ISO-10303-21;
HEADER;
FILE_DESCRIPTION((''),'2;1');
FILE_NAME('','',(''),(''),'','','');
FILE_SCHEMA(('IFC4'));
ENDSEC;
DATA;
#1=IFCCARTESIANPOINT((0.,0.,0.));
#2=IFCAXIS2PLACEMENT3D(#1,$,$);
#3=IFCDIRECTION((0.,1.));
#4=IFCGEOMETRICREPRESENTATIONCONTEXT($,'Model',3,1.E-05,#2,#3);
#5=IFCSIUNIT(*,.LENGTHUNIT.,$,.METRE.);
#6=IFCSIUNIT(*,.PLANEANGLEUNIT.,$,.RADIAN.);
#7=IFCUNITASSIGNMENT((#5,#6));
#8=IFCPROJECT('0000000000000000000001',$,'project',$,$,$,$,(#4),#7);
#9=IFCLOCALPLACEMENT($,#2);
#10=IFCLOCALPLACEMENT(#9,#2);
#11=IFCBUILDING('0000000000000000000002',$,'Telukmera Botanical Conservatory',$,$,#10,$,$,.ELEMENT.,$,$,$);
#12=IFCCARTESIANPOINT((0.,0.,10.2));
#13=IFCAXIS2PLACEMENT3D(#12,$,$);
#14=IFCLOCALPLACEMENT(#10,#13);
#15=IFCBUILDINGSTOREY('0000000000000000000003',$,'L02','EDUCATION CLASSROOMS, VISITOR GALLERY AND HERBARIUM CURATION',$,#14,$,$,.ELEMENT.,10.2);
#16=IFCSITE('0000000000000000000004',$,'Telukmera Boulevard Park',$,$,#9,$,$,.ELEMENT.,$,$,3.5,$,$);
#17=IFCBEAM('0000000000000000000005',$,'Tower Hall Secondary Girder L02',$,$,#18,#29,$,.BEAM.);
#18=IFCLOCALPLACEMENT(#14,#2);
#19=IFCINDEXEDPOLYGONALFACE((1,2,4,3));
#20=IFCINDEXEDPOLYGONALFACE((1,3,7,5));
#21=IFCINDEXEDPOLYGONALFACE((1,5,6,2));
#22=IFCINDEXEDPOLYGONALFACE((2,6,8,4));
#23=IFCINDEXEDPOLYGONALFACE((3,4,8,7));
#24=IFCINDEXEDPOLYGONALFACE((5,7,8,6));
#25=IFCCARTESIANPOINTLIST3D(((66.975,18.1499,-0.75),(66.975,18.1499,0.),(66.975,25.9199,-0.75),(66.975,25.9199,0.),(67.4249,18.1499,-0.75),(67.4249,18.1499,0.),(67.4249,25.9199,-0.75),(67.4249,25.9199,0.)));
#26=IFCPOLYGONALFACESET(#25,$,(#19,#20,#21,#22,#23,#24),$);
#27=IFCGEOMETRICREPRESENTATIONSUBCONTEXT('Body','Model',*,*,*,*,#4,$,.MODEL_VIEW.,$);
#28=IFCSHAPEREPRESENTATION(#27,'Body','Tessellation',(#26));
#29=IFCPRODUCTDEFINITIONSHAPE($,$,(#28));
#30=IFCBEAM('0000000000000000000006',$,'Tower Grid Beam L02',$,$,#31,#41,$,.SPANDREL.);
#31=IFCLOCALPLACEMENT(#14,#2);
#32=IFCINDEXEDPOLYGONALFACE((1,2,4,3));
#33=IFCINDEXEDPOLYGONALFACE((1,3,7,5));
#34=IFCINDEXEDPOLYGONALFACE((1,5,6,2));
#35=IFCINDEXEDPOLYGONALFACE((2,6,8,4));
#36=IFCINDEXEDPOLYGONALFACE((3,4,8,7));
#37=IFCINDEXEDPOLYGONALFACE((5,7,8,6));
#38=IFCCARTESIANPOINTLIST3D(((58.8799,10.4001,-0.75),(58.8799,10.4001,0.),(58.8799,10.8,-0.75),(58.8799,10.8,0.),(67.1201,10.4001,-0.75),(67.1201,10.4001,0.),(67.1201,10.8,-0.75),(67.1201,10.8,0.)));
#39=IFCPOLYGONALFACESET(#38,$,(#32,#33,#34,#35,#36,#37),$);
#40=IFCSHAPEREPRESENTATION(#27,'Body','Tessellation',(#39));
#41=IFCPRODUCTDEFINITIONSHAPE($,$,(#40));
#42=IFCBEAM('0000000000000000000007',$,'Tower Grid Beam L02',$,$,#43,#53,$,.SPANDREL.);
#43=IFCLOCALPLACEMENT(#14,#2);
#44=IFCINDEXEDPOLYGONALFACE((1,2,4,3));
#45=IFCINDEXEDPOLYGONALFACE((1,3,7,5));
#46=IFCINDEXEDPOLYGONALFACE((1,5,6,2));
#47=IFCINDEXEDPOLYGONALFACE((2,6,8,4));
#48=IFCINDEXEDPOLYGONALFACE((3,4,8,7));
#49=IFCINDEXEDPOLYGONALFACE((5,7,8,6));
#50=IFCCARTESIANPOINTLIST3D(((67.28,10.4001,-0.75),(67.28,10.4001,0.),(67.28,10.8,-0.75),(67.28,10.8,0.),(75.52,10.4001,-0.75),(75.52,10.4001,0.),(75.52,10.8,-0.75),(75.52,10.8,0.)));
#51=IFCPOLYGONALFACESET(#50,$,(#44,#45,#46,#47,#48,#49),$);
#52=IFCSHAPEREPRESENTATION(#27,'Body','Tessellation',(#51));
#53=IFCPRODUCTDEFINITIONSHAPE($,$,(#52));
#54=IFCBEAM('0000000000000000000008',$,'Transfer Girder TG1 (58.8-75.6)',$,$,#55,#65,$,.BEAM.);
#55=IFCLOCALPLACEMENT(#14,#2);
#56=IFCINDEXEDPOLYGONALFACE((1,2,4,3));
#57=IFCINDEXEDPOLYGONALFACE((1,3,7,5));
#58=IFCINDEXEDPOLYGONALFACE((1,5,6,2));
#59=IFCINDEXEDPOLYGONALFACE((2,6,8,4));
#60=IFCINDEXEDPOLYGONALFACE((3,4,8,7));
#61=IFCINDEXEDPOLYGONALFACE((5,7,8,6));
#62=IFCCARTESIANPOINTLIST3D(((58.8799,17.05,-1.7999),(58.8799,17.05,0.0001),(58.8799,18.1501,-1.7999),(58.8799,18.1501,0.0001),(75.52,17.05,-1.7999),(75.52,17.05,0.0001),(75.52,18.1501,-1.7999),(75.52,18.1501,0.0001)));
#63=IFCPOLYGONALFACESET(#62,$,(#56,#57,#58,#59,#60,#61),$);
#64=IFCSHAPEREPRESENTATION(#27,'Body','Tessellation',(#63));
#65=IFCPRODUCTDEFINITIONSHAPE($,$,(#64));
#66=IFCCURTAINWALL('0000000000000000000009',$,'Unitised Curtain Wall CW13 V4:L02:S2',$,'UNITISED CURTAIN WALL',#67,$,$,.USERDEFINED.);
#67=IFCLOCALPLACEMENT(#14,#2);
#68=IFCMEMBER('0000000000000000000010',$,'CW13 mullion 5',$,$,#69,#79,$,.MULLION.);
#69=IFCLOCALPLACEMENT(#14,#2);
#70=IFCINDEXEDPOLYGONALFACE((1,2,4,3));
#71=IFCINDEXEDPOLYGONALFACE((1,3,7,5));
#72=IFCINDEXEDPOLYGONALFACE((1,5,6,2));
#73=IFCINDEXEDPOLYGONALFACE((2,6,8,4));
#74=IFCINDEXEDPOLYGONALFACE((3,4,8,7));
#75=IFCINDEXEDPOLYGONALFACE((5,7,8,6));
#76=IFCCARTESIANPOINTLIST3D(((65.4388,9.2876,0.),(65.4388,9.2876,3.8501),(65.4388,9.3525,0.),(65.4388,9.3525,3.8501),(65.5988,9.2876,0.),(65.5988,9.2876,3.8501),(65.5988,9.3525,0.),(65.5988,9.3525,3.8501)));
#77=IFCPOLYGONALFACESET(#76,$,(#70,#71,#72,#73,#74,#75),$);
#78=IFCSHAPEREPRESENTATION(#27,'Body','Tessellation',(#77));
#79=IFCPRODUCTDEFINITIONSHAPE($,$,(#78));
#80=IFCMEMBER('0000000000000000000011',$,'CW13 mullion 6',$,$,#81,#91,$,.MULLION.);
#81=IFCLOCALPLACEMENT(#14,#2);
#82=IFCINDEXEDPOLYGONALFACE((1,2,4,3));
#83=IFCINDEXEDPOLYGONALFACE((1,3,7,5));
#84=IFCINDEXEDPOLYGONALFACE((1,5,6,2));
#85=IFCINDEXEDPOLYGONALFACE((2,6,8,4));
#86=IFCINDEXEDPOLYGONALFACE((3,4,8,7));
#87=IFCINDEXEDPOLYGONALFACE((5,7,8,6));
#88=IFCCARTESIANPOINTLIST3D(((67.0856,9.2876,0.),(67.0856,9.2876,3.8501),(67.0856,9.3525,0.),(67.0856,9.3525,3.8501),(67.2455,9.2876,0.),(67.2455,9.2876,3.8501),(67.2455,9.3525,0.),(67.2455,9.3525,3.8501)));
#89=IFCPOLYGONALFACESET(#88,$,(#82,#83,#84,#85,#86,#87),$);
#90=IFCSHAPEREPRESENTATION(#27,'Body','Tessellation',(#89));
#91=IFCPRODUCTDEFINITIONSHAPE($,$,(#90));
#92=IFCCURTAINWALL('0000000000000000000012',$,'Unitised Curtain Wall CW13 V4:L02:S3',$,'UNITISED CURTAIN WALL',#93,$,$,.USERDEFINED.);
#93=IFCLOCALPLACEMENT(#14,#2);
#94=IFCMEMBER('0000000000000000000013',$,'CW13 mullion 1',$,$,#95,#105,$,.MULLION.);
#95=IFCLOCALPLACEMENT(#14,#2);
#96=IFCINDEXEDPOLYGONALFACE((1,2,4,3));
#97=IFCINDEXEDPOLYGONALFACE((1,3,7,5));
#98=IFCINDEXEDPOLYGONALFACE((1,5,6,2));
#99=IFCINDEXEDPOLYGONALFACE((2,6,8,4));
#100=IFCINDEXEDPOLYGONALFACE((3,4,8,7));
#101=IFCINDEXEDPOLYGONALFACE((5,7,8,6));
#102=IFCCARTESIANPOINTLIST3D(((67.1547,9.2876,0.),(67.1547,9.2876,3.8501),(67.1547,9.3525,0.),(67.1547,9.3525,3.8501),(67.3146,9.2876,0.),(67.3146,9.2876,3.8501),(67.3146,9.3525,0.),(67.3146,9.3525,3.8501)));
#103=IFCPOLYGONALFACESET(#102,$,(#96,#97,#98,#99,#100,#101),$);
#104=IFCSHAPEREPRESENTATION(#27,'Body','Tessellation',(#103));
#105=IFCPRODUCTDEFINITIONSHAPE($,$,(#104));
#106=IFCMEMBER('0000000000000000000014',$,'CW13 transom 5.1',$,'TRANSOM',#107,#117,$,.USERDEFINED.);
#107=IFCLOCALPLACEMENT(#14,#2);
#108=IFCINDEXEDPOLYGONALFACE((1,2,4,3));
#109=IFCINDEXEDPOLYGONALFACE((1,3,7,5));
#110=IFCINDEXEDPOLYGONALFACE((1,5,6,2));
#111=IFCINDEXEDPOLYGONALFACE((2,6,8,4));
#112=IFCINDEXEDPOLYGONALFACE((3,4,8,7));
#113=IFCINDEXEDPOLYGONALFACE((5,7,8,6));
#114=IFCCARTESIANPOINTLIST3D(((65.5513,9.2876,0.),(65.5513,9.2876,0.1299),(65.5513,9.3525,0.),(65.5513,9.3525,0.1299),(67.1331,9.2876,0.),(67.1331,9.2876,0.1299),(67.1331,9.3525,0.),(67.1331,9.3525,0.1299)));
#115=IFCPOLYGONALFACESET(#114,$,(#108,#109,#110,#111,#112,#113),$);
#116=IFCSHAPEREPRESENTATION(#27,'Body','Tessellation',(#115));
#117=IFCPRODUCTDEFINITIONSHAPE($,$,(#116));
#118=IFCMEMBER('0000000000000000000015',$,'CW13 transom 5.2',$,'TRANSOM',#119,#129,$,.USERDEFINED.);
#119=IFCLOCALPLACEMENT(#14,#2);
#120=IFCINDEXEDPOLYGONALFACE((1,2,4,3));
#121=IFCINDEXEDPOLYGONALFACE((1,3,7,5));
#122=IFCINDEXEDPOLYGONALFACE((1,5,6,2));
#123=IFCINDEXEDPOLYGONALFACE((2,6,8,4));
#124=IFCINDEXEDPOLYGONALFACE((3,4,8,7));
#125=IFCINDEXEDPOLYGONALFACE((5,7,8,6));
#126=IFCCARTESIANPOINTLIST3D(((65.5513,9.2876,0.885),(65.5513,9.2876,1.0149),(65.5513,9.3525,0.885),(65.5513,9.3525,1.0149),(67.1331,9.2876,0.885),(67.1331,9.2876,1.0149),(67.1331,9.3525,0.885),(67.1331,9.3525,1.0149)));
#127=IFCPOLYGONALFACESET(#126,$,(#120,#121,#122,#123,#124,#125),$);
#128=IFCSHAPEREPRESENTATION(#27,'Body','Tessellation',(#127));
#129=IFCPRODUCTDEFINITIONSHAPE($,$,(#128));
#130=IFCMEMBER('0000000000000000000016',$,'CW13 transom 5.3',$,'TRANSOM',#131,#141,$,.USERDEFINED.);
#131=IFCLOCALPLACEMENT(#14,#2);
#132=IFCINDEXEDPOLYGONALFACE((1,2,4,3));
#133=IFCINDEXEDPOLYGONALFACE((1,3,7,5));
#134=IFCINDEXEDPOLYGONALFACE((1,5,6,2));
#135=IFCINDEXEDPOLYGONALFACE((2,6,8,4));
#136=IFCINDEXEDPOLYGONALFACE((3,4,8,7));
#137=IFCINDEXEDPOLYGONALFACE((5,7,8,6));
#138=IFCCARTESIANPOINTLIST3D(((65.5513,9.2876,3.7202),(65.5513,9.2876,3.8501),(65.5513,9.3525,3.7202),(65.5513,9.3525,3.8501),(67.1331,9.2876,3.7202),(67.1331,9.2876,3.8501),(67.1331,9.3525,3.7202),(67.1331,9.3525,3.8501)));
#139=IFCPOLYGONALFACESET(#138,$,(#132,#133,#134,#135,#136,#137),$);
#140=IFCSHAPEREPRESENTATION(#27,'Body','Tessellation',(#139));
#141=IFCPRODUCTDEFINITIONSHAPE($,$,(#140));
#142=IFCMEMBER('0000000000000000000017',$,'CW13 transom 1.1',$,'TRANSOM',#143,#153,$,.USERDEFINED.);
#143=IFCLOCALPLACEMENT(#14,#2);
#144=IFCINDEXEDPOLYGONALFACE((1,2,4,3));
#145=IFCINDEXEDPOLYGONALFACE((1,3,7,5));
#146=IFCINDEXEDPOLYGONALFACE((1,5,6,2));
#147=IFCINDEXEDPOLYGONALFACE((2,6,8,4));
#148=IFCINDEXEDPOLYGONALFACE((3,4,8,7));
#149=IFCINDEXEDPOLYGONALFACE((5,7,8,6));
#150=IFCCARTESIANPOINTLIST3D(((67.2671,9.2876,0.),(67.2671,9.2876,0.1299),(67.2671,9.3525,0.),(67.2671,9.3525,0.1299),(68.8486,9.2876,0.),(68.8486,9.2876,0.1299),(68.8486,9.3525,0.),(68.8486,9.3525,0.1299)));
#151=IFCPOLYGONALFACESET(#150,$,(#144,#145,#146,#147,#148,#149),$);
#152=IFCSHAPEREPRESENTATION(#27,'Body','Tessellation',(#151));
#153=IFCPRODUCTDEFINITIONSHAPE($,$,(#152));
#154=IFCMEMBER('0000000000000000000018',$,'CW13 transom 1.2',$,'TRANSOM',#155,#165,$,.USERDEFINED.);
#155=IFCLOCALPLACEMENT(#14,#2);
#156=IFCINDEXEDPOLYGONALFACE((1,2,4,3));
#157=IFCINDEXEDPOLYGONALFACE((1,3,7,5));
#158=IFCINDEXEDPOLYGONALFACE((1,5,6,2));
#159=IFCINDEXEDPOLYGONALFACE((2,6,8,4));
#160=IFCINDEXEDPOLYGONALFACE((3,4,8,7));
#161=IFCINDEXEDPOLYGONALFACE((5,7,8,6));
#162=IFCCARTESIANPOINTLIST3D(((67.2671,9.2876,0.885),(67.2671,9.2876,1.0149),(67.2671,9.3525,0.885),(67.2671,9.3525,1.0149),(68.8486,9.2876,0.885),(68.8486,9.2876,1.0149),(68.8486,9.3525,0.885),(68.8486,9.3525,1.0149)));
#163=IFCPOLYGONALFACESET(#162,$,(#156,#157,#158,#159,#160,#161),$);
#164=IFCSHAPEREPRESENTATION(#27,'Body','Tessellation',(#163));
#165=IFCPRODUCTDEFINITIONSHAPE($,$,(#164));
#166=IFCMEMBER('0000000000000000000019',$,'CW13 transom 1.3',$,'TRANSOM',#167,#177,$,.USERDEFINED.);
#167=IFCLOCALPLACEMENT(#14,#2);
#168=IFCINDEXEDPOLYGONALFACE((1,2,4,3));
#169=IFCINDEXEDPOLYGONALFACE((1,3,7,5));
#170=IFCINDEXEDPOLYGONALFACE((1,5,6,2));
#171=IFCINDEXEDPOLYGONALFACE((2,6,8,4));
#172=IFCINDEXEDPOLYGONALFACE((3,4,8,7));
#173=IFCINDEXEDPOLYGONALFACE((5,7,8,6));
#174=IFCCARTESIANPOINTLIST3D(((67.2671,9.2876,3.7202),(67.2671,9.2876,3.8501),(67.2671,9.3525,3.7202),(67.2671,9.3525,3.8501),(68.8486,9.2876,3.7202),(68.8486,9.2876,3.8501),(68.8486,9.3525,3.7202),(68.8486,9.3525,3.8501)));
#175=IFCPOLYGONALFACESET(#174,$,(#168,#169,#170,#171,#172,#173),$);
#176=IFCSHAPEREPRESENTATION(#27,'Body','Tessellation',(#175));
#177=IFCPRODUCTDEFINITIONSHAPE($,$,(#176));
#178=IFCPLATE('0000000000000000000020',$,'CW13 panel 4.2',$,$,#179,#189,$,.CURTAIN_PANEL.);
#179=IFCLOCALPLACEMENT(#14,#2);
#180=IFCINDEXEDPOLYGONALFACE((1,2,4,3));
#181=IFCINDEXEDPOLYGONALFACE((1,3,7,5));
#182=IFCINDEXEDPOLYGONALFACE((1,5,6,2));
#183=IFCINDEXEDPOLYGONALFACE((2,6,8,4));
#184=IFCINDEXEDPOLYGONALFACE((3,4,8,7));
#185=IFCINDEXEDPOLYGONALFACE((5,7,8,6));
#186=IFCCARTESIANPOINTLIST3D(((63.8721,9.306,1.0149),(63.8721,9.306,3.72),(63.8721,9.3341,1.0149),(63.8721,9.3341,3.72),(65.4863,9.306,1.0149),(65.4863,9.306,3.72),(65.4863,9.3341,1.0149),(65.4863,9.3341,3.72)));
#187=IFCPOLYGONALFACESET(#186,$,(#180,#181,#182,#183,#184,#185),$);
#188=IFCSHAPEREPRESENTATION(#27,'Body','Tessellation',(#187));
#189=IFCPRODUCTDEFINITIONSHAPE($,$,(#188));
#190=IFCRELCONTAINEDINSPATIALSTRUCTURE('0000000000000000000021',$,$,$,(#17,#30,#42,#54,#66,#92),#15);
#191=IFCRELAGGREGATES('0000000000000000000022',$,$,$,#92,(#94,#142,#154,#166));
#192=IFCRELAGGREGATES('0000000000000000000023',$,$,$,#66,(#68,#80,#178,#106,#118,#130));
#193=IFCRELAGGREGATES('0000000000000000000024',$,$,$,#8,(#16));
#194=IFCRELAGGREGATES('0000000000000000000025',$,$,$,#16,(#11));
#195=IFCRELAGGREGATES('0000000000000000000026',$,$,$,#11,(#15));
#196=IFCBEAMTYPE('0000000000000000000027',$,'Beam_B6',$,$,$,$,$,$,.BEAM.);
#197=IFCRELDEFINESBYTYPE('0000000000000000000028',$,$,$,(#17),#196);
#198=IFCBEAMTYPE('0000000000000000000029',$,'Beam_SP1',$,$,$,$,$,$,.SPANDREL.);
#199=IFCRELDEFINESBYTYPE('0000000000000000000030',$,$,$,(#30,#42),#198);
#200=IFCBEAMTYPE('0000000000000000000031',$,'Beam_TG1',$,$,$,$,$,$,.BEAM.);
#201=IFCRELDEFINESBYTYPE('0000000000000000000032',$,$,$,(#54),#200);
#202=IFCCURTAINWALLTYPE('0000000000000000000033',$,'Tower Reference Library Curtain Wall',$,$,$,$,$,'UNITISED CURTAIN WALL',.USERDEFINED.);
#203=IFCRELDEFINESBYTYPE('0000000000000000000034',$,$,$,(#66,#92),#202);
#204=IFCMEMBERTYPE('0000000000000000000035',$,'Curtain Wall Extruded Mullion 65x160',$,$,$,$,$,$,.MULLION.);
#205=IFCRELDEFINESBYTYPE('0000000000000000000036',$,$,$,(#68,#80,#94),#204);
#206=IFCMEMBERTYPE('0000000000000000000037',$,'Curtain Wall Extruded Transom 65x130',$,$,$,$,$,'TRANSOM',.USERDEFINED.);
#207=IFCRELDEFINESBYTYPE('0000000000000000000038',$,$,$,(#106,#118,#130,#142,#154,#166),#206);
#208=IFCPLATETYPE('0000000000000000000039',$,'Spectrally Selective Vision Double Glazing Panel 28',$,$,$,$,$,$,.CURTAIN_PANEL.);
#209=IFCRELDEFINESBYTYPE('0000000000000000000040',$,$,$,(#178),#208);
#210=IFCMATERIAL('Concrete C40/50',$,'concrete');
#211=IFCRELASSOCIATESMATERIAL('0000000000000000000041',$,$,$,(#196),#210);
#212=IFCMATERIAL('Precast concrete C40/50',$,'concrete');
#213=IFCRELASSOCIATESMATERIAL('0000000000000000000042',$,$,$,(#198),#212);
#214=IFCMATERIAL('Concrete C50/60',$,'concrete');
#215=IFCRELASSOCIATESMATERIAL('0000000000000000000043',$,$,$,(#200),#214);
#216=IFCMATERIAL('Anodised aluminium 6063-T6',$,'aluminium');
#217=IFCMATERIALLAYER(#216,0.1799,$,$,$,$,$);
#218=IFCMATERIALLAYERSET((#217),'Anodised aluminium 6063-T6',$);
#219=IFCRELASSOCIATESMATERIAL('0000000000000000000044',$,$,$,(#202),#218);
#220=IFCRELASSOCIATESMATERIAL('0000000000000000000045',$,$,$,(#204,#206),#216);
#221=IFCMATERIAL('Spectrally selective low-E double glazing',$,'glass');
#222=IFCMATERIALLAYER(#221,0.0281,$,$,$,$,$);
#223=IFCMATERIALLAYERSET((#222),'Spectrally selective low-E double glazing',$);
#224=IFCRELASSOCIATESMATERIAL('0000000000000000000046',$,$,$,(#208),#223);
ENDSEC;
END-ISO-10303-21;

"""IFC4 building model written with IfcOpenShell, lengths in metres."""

from ifc_helpers import new_model, si_unit, direction, frame, origin, origin_2d, place, context, subcontext, project, spatial, rectangle, extrude, material, layer, layer_set, material_profile, profile_set, type_object, element, aggregate, save


model = new_model("IFC4")

# Units and contexts
model_context = context("Model", 3, precision=1e-05, world=origin(), true_north=direction((0.0, 1.0)))
body_context = subcontext(model_context, "Body", "Model", "MODEL_VIEW")
ifc_project = project(units=[si_unit("LENGTHUNIT", "METRE"), si_unit("PLANEANGLEUNIT", "RADIAN")], contexts=[model_context])

# Site, building, storey
site_placement = place(None, origin())
site = spatial("IfcSite", under=ifc_project, at=site_placement, Name="Telukmera Boulevard Park", CompositionType="ELEMENT", RefElevation=3.5)
building_placement = place(site_placement, origin())
building = spatial("IfcBuilding", under=site, at=building_placement, Name="Telukmera Botanical Conservatory", CompositionType="ELEMENT")
storey_placement = place(building_placement, frame((0.0, 0.0, 10.2)))
storey = spatial("IfcBuildingStorey", under=building, at=storey_placement, Name="L02", Description="EDUCATION CLASSROOMS, VISITOR GALLERY AND HERBARIUM CURATION", CompositionType="ELEMENT", Elevation=10.2)

# Shared definitions
ifc_material_1 = material(Name="Concrete C50/60", Category="concrete")

# Beams
ifc_material_2 = material(Name="Concrete C40/50", Category="concrete")
ifc_material_profile_1 = material_profile(ifc_material_2, rectangle(XDim=0.45, YDim=0.75, at=origin_2d()), Name="RC 450x750")
ifc_profile_set_1 = profile_set([ifc_material_profile_1], Name="Concrete C40/50")
beam_type_1 = type_object("IfcBeamType", Name="Beam_B6", PredefinedType="BEAM", material=ifc_profile_set_1)
beam_1_placement = place(storey_placement, frame((67.2, 18.1499, -0.375), z_axis=(0.0, 1.0, 0.0), x_axis=(-1.0, 0.0, 0.0)))
element("IfcBeam", 1, at=beam_1_placement, inside=storey, type_object=beam_type_1, Name="Tower Hall Secondary Girder L02", PredefinedType="BEAM", context=body_context, shape_type="SweptSolid", body=[
    extrude(rectangle(XDim=0.45, YDim=0.75, at=origin_2d()), origin(), (0.0, 0.0, 1.0), 7.77),
])
ifc_material_3 = material(Name="Precast concrete C40/50", Category="concrete")
ifc_material_profile_2 = material_profile(ifc_material_3, rectangle(XDim=0.3999, YDim=0.75, at=origin_2d()), Name="PC 400x750")
ifc_profile_set_2 = profile_set([ifc_material_profile_2], Name="Precast concrete C40/50")
beam_type_2 = type_object("IfcBeamType", Name="Beam_SP1", PredefinedType="SPANDREL", material=ifc_profile_set_2)
beam_2_placement = place(storey_placement, frame((58.8799, 10.6001, -0.375), z_axis=(1.0, 0.0, 0.0), x_axis=(0.0, 1.0, 0.0)))
element("IfcBeam", 2, at=beam_2_placement, inside=storey, type_object=beam_type_2, Name="Tower Grid Beam L02", PredefinedType="SPANDREL", context=body_context, shape_type="SweptSolid", body=[
    extrude(rectangle(XDim=0.3999, YDim=0.75, at=origin_2d()), origin(), (0.0, 0.0, 1.0), 8.2402),
])
beam_3_placement = place(storey_placement, frame((67.28, 10.6001, -0.375), z_axis=(1.0, 0.0, 0.0), x_axis=(0.0, 1.0, 0.0)))
element("IfcBeam", 3, at=beam_3_placement, inside=storey, type_object=beam_type_2, Name="Tower Grid Beam L02", PredefinedType="SPANDREL", context=body_context, shape_type="SweptSolid", body=[
    extrude(rectangle(XDim=0.3999, YDim=0.75, at=origin_2d()), origin(), (0.0, 0.0, 1.0), 8.24),
])
ifc_material_profile_3 = material_profile(ifc_material_1, rectangle(XDim=1.1001, YDim=1.8, at=origin_2d()), Name="RC 1100x1800")
ifc_profile_set_3 = profile_set([ifc_material_profile_3], Name="Concrete C50/60")
beam_type_3 = type_object("IfcBeamType", Name="Beam_TG1", PredefinedType="BEAM", material=ifc_profile_set_3)
beam_4_placement = place(storey_placement, frame((58.8799, 17.6001, -0.8999), z_axis=(1.0, 0.0, 0.0), x_axis=(0.0, 1.0, 0.0)))
element("IfcBeam", 4, at=beam_4_placement, inside=storey, type_object=beam_type_3, Name="Transfer Girder TG1 (58.8-75.6)", PredefinedType="BEAM", context=body_context, shape_type="SweptSolid", body=[
    extrude(rectangle(XDim=1.1001, YDim=1.8, at=origin_2d()), origin(), (0.0, 0.0, 1.0), 16.6401),
])

# Curtain wall, members
ifc_material_4 = material(Name="Anodised aluminium 6063-T6", Category="aluminium")
ifc_layer_1 = layer(ifc_material_4, 0.1799)
ifc_layer_set_1 = layer_set([ifc_layer_1], Name="Anodised aluminium 6063-T6")
curtain_wall_type = type_object("IfcCurtainWallType", Name="Tower Reference Library Curtain Wall", ElementType="UNITISED CURTAIN WALL", PredefinedType="USERDEFINED", material=ifc_layer_set_1)
curtain_wall_1_placement = place(storey_placement, origin())
curtain_wall_1 = element("IfcCurtainWall", 5, at=curtain_wall_1_placement, inside=storey, type_object=curtain_wall_type, Name="Unitised Curtain Wall CW13 V4:L02:S2", ObjectType="UNITISED CURTAIN WALL", PredefinedType="USERDEFINED")
ifc_material_profile_4 = material_profile(ifc_material_4, rectangle(XDim=0.0649, YDim=0.1599, at=origin_2d()), Name="ALU MULL 65x160")
ifc_profile_set_4 = profile_set([ifc_material_profile_4], Name="Anodised aluminium 6063-T6")
member_type_1 = type_object("IfcMemberType", Name="Curtain Wall Extruded Mullion 65x160", PredefinedType="MULLION", material=ifc_profile_set_4)
member_1_placement = place(storey_placement, frame((65.5188, 9.3201, 0.0), z_axis=(0.0, 0.0, 1.0), x_axis=(0.0, 1.0, 0.0)))
member_1 = element("IfcMember", 6, at=member_1_placement, type_object=member_type_1, Name="CW13 mullion 5", PredefinedType="MULLION", context=body_context, shape_type="SweptSolid", body=[
    extrude(rectangle(XDim=0.0649, YDim=0.1599, at=origin_2d()), origin(), (0.0, 0.0, 1.0), 3.8501),
])
member_2_placement = place(storey_placement, frame((67.1655, 9.3201, 0.0), z_axis=(0.0, 0.0, 1.0), x_axis=(0.0, 1.0, 0.0)))
member_2 = element("IfcMember", 7, at=member_2_placement, type_object=member_type_1, Name="CW13 mullion 6", PredefinedType="MULLION", context=body_context, shape_type="SweptSolid", body=[
    extrude(rectangle(XDim=0.0649, YDim=0.1599, at=origin_2d()), origin(), (0.0, 0.0, 1.0), 3.8501),
])

# Curtain wall, member
curtain_wall_2_placement = place(storey_placement, origin())
curtain_wall_2 = element("IfcCurtainWall", 8, at=curtain_wall_2_placement, inside=storey, type_object=curtain_wall_type, Name="Unitised Curtain Wall CW13 V4:L02:S3", ObjectType="UNITISED CURTAIN WALL", PredefinedType="USERDEFINED")
member_3_placement = place(storey_placement, frame((67.2346, 9.3201, 0.0), z_axis=(0.0, 0.0, 1.0), x_axis=(0.0, 1.0, 0.0)))
member_3 = element("IfcMember", 9, at=member_3_placement, type_object=member_type_1, Name="CW13 mullion 1", PredefinedType="MULLION", context=body_context, shape_type="SweptSolid", body=[
    extrude(rectangle(XDim=0.0649, YDim=0.1599, at=origin_2d()), origin(), (0.0, 0.0, 1.0), 3.8501),
])

# Members
ifc_material_profile_5 = material_profile(ifc_material_4, rectangle(XDim=0.0649, YDim=0.1299, at=origin_2d()), Name="ALU TRAN 65x130")
ifc_profile_set_5 = profile_set([ifc_material_profile_5], Name="Anodised aluminium 6063-T6")
member_type_2 = type_object("IfcMemberType", Name="Curtain Wall Extruded Transom 65x130", ElementType="TRANSOM", PredefinedType="USERDEFINED", material=ifc_profile_set_5)
member_4_placement = place(storey_placement, frame((65.5513, 9.3201, 0.0649), z_axis=(1.0, 0.0, 0.0), x_axis=(0.0, 1.0, 0.0)))
member_4 = element("IfcMember", 10, at=member_4_placement, type_object=member_type_2, Name="CW13 transom 5.1", ObjectType="TRANSOM", PredefinedType="USERDEFINED", context=body_context, shape_type="SweptSolid", body=[
    extrude(rectangle(XDim=0.0649, YDim=0.1299, at=origin_2d()), origin(), (0.0, 0.0, 1.0), 1.5818),
])
member_5_placement = place(storey_placement, frame((65.5513, 9.3201, 0.95), z_axis=(1.0, 0.0, 0.0), x_axis=(0.0, 1.0, 0.0)))
member_5 = element("IfcMember", 11, at=member_5_placement, type_object=member_type_2, Name="CW13 transom 5.2", ObjectType="TRANSOM", PredefinedType="USERDEFINED", context=body_context, shape_type="SweptSolid", body=[
    extrude(rectangle(XDim=0.0649, YDim=0.1299, at=origin_2d()), origin(), (0.0, 0.0, 1.0), 1.5818),
])
member_6_placement = place(storey_placement, frame((65.5513, 9.3201, 3.7852), z_axis=(1.0, 0.0, 0.0), x_axis=(0.0, 1.0, 0.0)))
member_6 = element("IfcMember", 12, at=member_6_placement, type_object=member_type_2, Name="CW13 transom 5.3", ObjectType="TRANSOM", PredefinedType="USERDEFINED", context=body_context, shape_type="SweptSolid", body=[
    extrude(rectangle(XDim=0.0649, YDim=0.1299, at=origin_2d()), origin(), (0.0, 0.0, 1.0), 1.5818),
])
member_7_placement = place(storey_placement, frame((67.2671, 9.3201, 0.0649), z_axis=(1.0, 0.0, 0.0), x_axis=(0.0, 1.0, 0.0)))
member_7 = element("IfcMember", 13, at=member_7_placement, type_object=member_type_2, Name="CW13 transom 1.1", ObjectType="TRANSOM", PredefinedType="USERDEFINED", context=body_context, shape_type="SweptSolid", body=[
    extrude(rectangle(XDim=0.0649, YDim=0.1299, at=origin_2d()), origin(), (0.0, 0.0, 1.0), 1.5815),
])
member_8_placement = place(storey_placement, frame((67.2671, 9.3201, 0.95), z_axis=(1.0, 0.0, 0.0), x_axis=(0.0, 1.0, 0.0)))
member_8 = element("IfcMember", 14, at=member_8_placement, type_object=member_type_2, Name="CW13 transom 1.2", ObjectType="TRANSOM", PredefinedType="USERDEFINED", context=body_context, shape_type="SweptSolid", body=[
    extrude(rectangle(XDim=0.0649, YDim=0.1299, at=origin_2d()), origin(), (0.0, 0.0, 1.0), 1.5815),
])
member_9_placement = place(storey_placement, frame((67.2671, 9.3201, 3.7852), z_axis=(1.0, 0.0, 0.0), x_axis=(0.0, 1.0, 0.0)))
member_9 = element("IfcMember", 15, at=member_9_placement, type_object=member_type_2, Name="CW13 transom 1.3", ObjectType="TRANSOM", PredefinedType="USERDEFINED", context=body_context, shape_type="SweptSolid", body=[
    extrude(rectangle(XDim=0.0649, YDim=0.1299, at=origin_2d()), origin(), (0.0, 0.0, 1.0), 1.5815),
])
aggregate(curtain_wall_2, [member_3, member_7, member_8, member_9])

# Plate
ifc_material_5 = material(Name="Spectrally selective low-E double glazing", Category="glass")
ifc_layer_2 = layer(ifc_material_5, 0.0281)
ifc_layer_set_2 = layer_set([ifc_layer_2], Name="Spectrally selective low-E double glazing")
plate_type = type_object("IfcPlateType", Name="Spectrally Selective Vision Double Glazing Panel 28", PredefinedType="CURTAIN_PANEL", material=ifc_layer_set_2)
plate_1_placement = place(storey_placement, frame((64.6792, 9.3201, 1.0149), z_axis=(0.0, 0.0, 1.0), x_axis=(1.0, 0.0, 0.0)))
plate_1 = element("IfcPlate", 16, at=plate_1_placement, type_object=plate_type, Name="CW13 panel 4.2", PredefinedType="CURTAIN_PANEL", context=body_context, shape_type="SweptSolid", body=[
    extrude(rectangle(XDim=1.6143, YDim=0.0281, at=origin_2d()), origin(), (0.0, 0.0, 1.0), 2.7051),
])
aggregate(curtain_wall_1, [member_1, member_2, plate_1, member_4, member_5, member_6])

save(model, "model.ifc")
